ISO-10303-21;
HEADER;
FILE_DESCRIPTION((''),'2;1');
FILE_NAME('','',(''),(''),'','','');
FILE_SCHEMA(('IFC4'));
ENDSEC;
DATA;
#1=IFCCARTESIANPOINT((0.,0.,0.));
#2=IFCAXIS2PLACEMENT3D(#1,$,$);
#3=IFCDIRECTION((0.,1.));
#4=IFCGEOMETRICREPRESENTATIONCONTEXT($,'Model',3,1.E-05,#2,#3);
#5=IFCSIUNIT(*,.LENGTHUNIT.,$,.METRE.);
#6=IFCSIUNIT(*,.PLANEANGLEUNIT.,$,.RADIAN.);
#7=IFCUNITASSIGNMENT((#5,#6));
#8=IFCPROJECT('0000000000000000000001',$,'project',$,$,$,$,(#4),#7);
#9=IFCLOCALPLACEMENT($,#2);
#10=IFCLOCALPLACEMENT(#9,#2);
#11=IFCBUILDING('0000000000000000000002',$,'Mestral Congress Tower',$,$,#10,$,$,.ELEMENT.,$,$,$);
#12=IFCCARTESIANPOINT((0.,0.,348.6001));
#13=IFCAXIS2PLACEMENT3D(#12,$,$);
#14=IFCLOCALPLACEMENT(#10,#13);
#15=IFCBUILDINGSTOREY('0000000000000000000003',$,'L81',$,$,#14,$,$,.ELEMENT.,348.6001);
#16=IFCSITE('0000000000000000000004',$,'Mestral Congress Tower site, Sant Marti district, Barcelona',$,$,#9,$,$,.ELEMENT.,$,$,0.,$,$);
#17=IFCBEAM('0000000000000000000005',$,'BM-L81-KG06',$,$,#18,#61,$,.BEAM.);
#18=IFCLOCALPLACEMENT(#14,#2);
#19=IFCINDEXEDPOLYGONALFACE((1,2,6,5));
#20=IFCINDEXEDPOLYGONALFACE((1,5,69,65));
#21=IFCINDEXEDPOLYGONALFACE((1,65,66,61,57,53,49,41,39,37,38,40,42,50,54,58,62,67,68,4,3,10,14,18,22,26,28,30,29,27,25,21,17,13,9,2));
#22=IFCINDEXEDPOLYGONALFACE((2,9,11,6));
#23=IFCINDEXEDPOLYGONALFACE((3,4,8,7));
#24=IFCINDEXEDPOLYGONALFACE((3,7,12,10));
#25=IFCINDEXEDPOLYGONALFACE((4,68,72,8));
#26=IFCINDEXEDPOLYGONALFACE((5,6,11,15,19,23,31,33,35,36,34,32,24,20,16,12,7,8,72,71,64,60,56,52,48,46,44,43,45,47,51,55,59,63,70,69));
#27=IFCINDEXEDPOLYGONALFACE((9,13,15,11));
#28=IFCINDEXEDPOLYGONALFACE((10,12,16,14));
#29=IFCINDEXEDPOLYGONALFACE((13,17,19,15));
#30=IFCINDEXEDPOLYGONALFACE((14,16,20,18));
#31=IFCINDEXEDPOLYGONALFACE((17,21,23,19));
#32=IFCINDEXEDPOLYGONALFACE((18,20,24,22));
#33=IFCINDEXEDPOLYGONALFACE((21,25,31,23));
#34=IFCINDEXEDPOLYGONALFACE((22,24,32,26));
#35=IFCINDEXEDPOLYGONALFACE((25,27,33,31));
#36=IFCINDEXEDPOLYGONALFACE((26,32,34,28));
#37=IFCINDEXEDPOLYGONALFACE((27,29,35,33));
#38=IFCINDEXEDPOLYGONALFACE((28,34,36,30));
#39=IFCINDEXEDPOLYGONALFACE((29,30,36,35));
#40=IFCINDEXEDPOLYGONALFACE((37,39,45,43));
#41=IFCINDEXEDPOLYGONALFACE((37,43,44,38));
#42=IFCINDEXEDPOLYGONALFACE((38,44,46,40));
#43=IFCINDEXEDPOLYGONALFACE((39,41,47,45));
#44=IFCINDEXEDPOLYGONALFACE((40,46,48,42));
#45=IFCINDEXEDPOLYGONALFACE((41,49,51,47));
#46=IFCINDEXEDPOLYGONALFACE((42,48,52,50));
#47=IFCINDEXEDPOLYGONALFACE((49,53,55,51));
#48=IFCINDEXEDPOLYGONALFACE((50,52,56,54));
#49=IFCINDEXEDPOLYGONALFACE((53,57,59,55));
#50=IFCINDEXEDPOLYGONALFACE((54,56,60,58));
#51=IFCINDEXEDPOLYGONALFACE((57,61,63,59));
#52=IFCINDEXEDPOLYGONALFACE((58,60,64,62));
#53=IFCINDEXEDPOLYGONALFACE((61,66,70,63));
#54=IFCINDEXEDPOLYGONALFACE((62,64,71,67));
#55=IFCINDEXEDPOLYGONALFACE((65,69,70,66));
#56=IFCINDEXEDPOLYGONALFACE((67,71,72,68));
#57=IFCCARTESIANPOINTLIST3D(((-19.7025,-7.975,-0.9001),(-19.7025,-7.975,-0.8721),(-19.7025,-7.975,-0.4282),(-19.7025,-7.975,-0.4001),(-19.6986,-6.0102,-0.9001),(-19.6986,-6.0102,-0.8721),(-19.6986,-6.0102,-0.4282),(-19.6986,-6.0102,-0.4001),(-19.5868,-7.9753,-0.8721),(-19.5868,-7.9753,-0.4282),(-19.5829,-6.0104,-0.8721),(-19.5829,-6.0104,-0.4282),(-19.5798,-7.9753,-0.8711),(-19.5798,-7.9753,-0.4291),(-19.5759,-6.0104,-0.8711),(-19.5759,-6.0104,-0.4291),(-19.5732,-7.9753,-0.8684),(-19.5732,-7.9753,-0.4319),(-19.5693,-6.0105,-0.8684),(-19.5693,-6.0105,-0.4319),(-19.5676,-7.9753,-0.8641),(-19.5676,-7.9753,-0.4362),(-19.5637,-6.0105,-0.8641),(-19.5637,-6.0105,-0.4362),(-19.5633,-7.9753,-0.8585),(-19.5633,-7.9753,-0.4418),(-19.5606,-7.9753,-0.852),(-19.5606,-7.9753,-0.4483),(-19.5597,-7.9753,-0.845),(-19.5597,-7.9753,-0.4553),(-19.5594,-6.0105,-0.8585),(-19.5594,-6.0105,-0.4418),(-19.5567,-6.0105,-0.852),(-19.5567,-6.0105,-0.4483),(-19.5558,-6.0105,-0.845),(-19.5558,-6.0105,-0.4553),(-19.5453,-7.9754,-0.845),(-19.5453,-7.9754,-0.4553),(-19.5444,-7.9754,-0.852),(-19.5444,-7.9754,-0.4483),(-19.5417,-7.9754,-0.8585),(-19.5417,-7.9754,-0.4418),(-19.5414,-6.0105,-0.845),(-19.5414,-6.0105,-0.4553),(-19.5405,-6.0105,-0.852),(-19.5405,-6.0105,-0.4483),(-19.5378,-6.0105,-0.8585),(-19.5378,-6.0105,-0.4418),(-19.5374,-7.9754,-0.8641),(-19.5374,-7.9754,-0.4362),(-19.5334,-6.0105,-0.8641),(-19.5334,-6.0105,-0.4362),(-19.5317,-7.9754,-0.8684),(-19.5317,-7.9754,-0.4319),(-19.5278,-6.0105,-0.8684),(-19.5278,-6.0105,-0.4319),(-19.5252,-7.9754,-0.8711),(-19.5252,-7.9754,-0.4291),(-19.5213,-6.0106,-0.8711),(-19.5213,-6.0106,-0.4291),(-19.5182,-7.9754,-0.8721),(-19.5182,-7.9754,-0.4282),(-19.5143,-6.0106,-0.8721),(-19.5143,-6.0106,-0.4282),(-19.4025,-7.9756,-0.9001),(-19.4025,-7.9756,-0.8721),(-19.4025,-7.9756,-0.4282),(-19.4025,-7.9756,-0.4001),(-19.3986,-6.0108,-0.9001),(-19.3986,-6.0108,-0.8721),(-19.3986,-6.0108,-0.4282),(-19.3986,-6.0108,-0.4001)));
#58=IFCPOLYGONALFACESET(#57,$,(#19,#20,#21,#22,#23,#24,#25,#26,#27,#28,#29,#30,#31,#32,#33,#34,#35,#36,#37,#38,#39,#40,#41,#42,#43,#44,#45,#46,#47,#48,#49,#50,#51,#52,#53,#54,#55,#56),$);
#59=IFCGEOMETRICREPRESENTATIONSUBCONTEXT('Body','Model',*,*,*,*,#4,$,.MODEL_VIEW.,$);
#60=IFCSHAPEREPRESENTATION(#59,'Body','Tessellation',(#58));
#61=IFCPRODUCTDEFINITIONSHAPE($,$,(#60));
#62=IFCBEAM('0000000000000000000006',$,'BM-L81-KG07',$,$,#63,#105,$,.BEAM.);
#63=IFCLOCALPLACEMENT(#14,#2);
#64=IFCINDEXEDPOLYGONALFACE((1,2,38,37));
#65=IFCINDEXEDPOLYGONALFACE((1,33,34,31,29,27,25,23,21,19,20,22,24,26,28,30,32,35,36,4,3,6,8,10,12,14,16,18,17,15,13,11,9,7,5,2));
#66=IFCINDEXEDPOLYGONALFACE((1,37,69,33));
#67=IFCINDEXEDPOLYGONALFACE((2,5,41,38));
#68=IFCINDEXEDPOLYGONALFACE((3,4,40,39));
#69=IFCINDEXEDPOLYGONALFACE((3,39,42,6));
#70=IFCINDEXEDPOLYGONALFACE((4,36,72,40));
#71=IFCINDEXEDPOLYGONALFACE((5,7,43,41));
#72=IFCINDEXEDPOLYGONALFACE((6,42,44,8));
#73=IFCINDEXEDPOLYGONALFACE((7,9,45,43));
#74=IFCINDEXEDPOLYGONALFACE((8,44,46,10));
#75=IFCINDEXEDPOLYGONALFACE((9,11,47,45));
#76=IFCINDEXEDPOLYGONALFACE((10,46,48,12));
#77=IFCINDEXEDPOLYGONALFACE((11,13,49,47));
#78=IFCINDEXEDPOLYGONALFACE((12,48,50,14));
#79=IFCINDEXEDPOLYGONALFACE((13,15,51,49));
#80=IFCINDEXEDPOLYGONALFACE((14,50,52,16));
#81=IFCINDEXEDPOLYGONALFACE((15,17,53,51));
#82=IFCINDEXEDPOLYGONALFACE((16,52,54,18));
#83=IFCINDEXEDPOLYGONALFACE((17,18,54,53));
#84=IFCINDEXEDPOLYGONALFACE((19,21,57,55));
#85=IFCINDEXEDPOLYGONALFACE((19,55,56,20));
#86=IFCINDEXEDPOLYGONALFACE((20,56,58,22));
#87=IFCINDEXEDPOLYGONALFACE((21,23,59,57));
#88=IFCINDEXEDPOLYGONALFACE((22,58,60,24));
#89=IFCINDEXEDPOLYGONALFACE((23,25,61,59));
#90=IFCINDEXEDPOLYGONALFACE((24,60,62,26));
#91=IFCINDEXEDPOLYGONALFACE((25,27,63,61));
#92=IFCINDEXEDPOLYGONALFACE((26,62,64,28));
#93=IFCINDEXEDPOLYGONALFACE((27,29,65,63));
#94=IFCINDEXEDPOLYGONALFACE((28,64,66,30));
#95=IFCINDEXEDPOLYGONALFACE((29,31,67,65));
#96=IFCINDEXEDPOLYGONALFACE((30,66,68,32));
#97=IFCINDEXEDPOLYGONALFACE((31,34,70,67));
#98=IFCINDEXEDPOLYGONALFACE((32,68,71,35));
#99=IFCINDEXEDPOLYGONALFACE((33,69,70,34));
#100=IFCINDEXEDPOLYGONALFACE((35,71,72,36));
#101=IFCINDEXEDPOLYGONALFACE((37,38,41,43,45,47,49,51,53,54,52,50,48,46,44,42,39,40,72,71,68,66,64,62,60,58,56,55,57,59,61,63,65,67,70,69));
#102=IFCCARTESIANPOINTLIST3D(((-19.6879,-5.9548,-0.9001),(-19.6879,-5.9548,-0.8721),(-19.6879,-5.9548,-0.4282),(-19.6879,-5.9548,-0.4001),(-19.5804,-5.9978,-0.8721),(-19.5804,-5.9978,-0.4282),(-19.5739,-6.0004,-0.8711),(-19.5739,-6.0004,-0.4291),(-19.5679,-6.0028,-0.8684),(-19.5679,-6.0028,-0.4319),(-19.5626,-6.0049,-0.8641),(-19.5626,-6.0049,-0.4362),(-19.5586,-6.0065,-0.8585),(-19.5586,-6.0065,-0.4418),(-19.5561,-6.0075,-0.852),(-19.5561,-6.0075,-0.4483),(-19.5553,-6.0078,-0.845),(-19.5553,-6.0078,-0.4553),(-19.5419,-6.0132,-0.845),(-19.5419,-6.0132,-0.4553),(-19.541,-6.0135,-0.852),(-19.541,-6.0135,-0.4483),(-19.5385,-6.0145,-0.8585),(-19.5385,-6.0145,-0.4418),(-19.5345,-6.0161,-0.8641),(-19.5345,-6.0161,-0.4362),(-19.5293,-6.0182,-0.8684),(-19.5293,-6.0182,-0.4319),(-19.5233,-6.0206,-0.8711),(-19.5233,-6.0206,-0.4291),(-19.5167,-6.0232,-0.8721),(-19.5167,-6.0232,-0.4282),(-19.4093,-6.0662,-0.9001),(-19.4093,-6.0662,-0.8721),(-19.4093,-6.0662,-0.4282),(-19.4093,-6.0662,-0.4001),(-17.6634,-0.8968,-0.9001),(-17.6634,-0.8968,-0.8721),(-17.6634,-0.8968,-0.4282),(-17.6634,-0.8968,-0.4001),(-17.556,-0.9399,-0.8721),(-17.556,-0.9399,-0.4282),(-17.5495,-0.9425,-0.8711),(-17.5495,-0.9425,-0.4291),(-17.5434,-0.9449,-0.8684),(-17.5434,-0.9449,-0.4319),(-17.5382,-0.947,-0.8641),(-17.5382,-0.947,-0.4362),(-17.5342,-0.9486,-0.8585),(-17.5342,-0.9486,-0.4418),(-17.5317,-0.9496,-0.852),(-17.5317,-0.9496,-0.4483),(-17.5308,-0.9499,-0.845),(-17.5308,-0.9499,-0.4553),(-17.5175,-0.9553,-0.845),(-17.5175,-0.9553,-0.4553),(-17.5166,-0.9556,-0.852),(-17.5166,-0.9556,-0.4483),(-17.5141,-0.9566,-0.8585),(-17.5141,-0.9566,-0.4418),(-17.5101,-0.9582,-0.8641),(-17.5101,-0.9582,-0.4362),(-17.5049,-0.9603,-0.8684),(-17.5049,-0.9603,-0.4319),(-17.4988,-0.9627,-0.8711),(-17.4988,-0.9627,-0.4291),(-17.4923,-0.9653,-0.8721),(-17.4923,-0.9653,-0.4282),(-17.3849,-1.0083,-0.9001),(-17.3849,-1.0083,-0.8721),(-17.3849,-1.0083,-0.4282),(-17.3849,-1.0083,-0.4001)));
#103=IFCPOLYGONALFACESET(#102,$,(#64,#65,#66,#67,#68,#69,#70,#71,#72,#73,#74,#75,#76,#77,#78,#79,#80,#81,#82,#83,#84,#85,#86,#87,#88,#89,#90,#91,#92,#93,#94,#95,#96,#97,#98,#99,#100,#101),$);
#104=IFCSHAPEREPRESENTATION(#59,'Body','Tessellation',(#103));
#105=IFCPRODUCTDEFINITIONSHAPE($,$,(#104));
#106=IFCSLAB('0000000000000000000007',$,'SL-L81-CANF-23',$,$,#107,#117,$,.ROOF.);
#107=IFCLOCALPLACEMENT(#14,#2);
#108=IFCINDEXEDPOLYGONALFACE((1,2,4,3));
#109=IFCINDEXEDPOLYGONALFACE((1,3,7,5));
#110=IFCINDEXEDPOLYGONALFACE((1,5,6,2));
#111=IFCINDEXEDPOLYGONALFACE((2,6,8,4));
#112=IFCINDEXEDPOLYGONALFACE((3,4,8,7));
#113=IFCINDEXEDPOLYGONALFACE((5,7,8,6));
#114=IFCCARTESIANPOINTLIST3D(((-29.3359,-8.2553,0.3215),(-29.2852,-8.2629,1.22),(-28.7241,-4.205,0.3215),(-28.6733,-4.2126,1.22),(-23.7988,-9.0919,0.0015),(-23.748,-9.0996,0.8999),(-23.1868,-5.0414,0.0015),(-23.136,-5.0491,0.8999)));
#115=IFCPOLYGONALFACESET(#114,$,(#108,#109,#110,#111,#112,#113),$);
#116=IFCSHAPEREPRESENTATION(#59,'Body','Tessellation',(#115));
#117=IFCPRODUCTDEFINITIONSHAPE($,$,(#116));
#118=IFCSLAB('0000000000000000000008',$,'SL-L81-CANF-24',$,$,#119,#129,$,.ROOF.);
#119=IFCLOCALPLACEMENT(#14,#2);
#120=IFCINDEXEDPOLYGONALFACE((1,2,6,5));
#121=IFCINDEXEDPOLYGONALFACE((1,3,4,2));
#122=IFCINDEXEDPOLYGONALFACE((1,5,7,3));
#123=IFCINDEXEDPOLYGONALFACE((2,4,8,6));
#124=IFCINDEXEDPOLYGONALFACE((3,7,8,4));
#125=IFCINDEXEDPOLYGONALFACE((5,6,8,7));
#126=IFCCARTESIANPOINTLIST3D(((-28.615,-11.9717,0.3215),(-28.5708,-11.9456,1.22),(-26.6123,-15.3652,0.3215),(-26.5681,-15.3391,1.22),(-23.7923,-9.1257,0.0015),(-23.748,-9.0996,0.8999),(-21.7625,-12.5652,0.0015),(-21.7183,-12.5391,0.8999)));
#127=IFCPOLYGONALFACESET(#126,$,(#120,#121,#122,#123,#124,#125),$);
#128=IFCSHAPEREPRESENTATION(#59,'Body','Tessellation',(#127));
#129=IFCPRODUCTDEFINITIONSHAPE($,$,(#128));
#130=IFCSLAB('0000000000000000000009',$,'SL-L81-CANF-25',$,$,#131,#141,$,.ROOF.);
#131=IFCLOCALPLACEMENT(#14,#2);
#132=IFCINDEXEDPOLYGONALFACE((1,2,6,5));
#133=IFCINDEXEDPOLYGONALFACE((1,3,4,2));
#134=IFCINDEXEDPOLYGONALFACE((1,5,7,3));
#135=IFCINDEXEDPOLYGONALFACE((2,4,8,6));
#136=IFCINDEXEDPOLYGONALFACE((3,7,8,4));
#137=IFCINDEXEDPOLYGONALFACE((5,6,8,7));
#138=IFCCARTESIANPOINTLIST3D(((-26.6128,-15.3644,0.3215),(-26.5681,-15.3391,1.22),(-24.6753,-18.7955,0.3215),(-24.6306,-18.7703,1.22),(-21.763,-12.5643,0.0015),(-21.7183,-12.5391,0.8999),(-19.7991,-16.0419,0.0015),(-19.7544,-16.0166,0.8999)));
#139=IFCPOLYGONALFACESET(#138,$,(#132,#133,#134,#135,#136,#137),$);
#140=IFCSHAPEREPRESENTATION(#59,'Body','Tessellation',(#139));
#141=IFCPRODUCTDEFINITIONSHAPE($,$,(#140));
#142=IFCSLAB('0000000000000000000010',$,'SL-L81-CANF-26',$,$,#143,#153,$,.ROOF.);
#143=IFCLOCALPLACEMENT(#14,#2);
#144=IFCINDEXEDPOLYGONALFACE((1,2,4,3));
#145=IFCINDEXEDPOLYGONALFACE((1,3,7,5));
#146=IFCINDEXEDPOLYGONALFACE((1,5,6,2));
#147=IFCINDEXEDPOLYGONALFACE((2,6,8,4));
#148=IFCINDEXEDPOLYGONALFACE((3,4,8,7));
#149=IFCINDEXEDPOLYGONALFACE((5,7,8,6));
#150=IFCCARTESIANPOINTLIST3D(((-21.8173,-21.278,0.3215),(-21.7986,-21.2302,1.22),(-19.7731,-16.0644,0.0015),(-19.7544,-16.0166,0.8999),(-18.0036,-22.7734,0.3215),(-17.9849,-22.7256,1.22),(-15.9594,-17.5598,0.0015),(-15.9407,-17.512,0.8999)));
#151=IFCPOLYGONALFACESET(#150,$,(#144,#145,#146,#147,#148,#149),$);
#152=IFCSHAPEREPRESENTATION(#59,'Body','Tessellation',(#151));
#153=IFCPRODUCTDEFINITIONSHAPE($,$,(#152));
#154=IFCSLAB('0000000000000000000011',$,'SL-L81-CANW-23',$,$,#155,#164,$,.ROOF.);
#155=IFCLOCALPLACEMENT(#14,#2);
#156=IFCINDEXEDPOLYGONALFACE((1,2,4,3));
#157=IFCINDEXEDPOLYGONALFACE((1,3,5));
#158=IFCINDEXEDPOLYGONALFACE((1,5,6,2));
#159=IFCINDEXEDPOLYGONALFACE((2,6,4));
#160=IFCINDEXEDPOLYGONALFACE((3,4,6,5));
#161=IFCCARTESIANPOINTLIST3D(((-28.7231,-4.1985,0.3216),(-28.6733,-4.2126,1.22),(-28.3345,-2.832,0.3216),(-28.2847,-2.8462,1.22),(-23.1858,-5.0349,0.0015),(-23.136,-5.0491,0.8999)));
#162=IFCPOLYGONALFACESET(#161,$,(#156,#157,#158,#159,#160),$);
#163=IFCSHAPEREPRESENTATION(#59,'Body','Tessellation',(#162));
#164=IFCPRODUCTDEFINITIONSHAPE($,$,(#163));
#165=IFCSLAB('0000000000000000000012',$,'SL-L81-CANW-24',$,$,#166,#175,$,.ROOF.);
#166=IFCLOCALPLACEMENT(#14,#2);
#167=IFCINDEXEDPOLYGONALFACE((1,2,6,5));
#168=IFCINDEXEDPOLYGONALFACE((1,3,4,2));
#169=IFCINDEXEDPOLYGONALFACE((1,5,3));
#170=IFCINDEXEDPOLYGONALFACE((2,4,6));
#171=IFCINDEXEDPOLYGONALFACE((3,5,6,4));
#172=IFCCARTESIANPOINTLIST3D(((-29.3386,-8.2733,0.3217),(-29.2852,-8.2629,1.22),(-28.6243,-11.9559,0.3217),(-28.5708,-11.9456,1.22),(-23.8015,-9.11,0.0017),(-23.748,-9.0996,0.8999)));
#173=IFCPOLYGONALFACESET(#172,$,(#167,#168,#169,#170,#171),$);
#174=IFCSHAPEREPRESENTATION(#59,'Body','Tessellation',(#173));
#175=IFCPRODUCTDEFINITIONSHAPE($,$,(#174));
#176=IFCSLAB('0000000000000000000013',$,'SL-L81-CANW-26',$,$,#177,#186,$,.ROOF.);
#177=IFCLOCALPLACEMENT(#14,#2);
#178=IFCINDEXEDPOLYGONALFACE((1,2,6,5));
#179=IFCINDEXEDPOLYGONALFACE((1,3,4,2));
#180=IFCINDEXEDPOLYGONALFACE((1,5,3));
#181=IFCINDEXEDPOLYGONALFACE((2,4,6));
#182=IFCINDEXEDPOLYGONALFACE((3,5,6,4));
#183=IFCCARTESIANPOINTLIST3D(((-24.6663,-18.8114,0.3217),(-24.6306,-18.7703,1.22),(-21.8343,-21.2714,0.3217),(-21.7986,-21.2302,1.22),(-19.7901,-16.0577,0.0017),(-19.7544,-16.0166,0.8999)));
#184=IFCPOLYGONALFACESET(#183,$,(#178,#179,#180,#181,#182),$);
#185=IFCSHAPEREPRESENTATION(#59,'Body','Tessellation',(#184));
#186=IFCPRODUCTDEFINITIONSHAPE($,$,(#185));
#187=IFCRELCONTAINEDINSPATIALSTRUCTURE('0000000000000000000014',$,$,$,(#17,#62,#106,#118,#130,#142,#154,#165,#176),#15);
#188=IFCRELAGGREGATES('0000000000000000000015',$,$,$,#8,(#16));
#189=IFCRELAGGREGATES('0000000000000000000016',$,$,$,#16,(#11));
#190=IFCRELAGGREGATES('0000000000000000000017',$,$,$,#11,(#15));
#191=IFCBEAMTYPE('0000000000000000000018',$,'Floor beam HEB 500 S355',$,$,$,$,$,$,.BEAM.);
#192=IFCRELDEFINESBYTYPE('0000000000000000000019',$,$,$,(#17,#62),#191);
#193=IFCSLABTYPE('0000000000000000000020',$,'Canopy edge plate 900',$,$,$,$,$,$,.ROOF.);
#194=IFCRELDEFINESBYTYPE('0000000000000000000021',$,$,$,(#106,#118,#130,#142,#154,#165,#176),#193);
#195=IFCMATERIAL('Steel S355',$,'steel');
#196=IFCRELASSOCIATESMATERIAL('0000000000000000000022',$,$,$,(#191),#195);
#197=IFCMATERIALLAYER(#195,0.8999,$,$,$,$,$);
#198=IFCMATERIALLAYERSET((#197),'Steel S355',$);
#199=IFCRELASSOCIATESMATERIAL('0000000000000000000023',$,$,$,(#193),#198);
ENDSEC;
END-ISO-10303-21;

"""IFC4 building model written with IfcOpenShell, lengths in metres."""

from ifc_helpers import new_model, si_unit, direction, frame, origin, origin_2d, place, context, subcontext, project, spatial, polyline, i_section, outline, extrude, material, layer, layer_set, material_profile, profile_set, type_object, element, save


model = new_model("IFC4")

# Units and contexts
model_context = context("Model", 3, precision=1e-05, world=origin(), true_north=direction((0.0, 1.0)))
body_context = subcontext(model_context, "Body", "Model", "MODEL_VIEW")
ifc_project = project(units=[si_unit("LENGTHUNIT", "METRE"), si_unit("PLANEANGLEUNIT", "RADIAN")], contexts=[model_context])

# Site, building, storey
site_placement = place(None, origin())
site = spatial("IfcSite", under=ifc_project, at=site_placement, Name="Mestral Congress Tower site, Sant Marti district, Barcelona", CompositionType="ELEMENT", RefElevation=0.0)
building_placement = place(site_placement, origin())
building = spatial("IfcBuilding", under=site, at=building_placement, Name="Mestral Congress Tower", CompositionType="ELEMENT")
storey_placement = place(building_placement, frame((0.0, 0.0, 348.6001)))
storey = spatial("IfcBuildingStorey", under=building, at=storey_placement, Name="L81", CompositionType="ELEMENT", Elevation=348.6001)

# Beams
ifc_material_1 = material(Name="Steel S355", Category="steel")
ifc_material_profile_1 = material_profile(ifc_material_1, i_section(OverallWidth=0.3, OverallDepth=0.5, WebThickness=0.0144, FlangeThickness=0.0281, FilletRadius=0.0271, at=origin_2d()), Name="HEB 500")
ifc_profile_set_1 = profile_set([ifc_material_profile_1], Name="Steel S355")
beam_type_1 = type_object("IfcBeamType", Name="Floor beam HEB 500 S355", PredefinedType="BEAM", material=ifc_profile_set_1)
beam_1_placement = place(storey_placement, frame((-19.5525, -7.9753, -0.6501), z_axis=(0.001988, 0.999998, 0.0), x_axis=(-0.999998, 0.001988, 0.0)))
element("IfcBeam", 1, at=beam_1_placement, inside=storey, type_object=beam_type_1, Name="BM-L81-KG06", PredefinedType="BEAM", context=body_context, shape_type="SweptSolid", body=[
    extrude(i_section(OverallWidth=0.3, OverallDepth=0.5, WebThickness=0.0144, FlangeThickness=0.0281, FilletRadius=0.0271, at=origin_2d()), origin(), (0.0, 0.0, 1.0), 1.9648),
])
beam_2_placement = place(storey_placement, frame((-19.5486, -6.0105, -0.6501), z_axis=(0.371592, 0.928396, 0.0), x_axis=(-0.928396, 0.371592, 0.0)))
element("IfcBeam", 2, at=beam_2_placement, inside=storey, type_object=beam_type_1, Name="BM-L81-KG07", PredefinedType="BEAM", context=body_context, shape_type="SweptSolid", body=[
    extrude(i_section(OverallWidth=0.3, OverallDepth=0.5, WebThickness=0.0144, FlangeThickness=0.0281, FilletRadius=0.0271, at=origin_2d()), origin(), (0.0, 0.0, 1.0), 5.448),
])

# Slabs
ifc_layer_1 = layer(ifc_material_1, 0.8999)
ifc_layer_set_1 = layer_set([ifc_layer_1], Name="Steel S355")
slab_type = type_object("IfcSlabType", Name="Canopy edge plate 900", PredefinedType="ROOF", material=ifc_layer_set_1)
slab_1_placement = place(storey_placement, frame((-23.136, -5.0491, 0.8999), z_axis=(0.056421, -0.008524, 0.998371), x_axis=(-0.14941, -0.988775, 0.000001)))
element("IfcSlab", 3, at=slab_1_placement, inside=storey, type_object=slab_type, Name="SL-L81-CANF-23", PredefinedType="ROOF", context=body_context, shape_type="SweptSolid", body=[
    extrude(outline(polyline([(0.0, 0.0), (4.0965, 0.0), (4.0965, -5.6091), (0.0003, -5.6093), (0.0, 0.0)])), origin(), (0.0, 0.0, -1.0), 0.8999),
])
slab_2_placement = place(storey_placement, frame((-23.748, -9.0996, 0.8999), z_axis=(0.049144, 0.029002, 0.998371), x_axis=(0.508243, -0.861214, 0.0)))
element("IfcSlab", 4, at=slab_2_placement, inside=storey, type_object=slab_type, Name="SL-L81-CANF-24", PredefinedType="ROOF", context=body_context, shape_type="SweptSolid", body=[
    extrude(outline(polyline([(0.0, 0.0), (3.9937, 0.0), (3.9403, -5.609), (-0.0002, -5.609), (0.0, 0.0)])), origin(), (0.0, 0.0, -1.0), 0.8999),
])
slab_3_placement = place(storey_placement, frame((-21.7183, -12.5391, 0.8999), z_axis=(0.049687, 0.028059, 0.998371), x_axis=(0.491735, -0.870745, -0.000001)))
element("IfcSlab", 5, at=slab_3_placement, inside=storey, type_object=slab_type, Name="SL-L81-CANF-25", PredefinedType="ROOF", context=body_context, shape_type="SweptSolid", body=[
    extrude(outline(polyline([(0.0, 0.0), (3.9938, 0.0), (3.9937, -5.6092), (0.0533, -5.609), (0.0, 0.0)])), origin(), (0.0, 0.0, -1.0), 0.8999),
])
slab_4_placement = place(storey_placement, frame((-19.7544, -16.0166, 0.8999), z_axis=(0.02083, 0.053124, 0.998371), x_axis=(0.930991, -0.365042, 0.0)))
element("IfcSlab", 6, at=slab_4_placement, inside=storey, type_object=slab_type, Name="SL-L81-CANF-26", PredefinedType="ROOF", context=body_context, shape_type="SweptSolid", body=[
    extrude(outline(polyline([(0.0, 0.0), (4.0964, 0.0), (4.0965, -5.6092), (0.0001, -5.6092), (0.0, 0.0)])), origin(), (0.0, 0.0, -1.0), 0.8999),
])
slab_5_placement = place(storey_placement, frame((-23.136, -5.0491, 0.8999), z_axis=(0.055329, -0.015738, 0.998344), x_axis=(-0.917886, 0.392721, 0.05706)))
element("IfcSlab", 7, at=slab_5_placement, inside=storey, type_object=slab_type, Name="SL-L81-CANW-23", PredefinedType="ROOF", context=body_context, shape_type="SweptSolid", body=[
    extrude(outline(polyline([(0.0, 0.0), (5.6093, 0.0), (5.4294, 1.4092), (0.0, 0.0)])), origin(), (0.0, 0.0, -1.0), 0.8999),
])
slab_6_placement = place(storey_placement, frame((-23.748, -9.0996, 0.8999), z_axis=(0.05944, 0.01153, 0.998165), x_axis=(-0.987165, 0.149163, 0.057062)))
element("IfcSlab", 8, at=slab_6_placement, inside=storey, type_object=slab_type, Name="SL-L81-CANW-24", PredefinedType="ROOF", context=body_context, shape_type="SweptSolid", body=[
    extrude(outline(polyline([(0.0, 0.0), (5.6091, 0.0), (4.3546, 3.5353), (0.0, 0.0)])), origin(), (0.0, 0.0, -1.0), 0.8999),
])
slab_7_placement = place(storey_placement, frame((-19.7544, -16.0166, 0.8999), z_axis=(0.039705, 0.04571, 0.998165), x_axis=(-0.869332, -0.490923, 0.057062)))
element("IfcSlab", 9, at=slab_7_placement, inside=storey, type_object=slab_type, Name="SL-L81-CANW-26", PredefinedType="ROOF", context=body_context, shape_type="SweptSolid", body=[
    extrude(outline(polyline([(0.0, 0.0), (5.6092, 0.0), (4.3548, 3.5353), (0.0, 0.0)])), origin(), (0.0, 0.0, -1.0), 0.8999),
])

save(model, "model.ifc")
